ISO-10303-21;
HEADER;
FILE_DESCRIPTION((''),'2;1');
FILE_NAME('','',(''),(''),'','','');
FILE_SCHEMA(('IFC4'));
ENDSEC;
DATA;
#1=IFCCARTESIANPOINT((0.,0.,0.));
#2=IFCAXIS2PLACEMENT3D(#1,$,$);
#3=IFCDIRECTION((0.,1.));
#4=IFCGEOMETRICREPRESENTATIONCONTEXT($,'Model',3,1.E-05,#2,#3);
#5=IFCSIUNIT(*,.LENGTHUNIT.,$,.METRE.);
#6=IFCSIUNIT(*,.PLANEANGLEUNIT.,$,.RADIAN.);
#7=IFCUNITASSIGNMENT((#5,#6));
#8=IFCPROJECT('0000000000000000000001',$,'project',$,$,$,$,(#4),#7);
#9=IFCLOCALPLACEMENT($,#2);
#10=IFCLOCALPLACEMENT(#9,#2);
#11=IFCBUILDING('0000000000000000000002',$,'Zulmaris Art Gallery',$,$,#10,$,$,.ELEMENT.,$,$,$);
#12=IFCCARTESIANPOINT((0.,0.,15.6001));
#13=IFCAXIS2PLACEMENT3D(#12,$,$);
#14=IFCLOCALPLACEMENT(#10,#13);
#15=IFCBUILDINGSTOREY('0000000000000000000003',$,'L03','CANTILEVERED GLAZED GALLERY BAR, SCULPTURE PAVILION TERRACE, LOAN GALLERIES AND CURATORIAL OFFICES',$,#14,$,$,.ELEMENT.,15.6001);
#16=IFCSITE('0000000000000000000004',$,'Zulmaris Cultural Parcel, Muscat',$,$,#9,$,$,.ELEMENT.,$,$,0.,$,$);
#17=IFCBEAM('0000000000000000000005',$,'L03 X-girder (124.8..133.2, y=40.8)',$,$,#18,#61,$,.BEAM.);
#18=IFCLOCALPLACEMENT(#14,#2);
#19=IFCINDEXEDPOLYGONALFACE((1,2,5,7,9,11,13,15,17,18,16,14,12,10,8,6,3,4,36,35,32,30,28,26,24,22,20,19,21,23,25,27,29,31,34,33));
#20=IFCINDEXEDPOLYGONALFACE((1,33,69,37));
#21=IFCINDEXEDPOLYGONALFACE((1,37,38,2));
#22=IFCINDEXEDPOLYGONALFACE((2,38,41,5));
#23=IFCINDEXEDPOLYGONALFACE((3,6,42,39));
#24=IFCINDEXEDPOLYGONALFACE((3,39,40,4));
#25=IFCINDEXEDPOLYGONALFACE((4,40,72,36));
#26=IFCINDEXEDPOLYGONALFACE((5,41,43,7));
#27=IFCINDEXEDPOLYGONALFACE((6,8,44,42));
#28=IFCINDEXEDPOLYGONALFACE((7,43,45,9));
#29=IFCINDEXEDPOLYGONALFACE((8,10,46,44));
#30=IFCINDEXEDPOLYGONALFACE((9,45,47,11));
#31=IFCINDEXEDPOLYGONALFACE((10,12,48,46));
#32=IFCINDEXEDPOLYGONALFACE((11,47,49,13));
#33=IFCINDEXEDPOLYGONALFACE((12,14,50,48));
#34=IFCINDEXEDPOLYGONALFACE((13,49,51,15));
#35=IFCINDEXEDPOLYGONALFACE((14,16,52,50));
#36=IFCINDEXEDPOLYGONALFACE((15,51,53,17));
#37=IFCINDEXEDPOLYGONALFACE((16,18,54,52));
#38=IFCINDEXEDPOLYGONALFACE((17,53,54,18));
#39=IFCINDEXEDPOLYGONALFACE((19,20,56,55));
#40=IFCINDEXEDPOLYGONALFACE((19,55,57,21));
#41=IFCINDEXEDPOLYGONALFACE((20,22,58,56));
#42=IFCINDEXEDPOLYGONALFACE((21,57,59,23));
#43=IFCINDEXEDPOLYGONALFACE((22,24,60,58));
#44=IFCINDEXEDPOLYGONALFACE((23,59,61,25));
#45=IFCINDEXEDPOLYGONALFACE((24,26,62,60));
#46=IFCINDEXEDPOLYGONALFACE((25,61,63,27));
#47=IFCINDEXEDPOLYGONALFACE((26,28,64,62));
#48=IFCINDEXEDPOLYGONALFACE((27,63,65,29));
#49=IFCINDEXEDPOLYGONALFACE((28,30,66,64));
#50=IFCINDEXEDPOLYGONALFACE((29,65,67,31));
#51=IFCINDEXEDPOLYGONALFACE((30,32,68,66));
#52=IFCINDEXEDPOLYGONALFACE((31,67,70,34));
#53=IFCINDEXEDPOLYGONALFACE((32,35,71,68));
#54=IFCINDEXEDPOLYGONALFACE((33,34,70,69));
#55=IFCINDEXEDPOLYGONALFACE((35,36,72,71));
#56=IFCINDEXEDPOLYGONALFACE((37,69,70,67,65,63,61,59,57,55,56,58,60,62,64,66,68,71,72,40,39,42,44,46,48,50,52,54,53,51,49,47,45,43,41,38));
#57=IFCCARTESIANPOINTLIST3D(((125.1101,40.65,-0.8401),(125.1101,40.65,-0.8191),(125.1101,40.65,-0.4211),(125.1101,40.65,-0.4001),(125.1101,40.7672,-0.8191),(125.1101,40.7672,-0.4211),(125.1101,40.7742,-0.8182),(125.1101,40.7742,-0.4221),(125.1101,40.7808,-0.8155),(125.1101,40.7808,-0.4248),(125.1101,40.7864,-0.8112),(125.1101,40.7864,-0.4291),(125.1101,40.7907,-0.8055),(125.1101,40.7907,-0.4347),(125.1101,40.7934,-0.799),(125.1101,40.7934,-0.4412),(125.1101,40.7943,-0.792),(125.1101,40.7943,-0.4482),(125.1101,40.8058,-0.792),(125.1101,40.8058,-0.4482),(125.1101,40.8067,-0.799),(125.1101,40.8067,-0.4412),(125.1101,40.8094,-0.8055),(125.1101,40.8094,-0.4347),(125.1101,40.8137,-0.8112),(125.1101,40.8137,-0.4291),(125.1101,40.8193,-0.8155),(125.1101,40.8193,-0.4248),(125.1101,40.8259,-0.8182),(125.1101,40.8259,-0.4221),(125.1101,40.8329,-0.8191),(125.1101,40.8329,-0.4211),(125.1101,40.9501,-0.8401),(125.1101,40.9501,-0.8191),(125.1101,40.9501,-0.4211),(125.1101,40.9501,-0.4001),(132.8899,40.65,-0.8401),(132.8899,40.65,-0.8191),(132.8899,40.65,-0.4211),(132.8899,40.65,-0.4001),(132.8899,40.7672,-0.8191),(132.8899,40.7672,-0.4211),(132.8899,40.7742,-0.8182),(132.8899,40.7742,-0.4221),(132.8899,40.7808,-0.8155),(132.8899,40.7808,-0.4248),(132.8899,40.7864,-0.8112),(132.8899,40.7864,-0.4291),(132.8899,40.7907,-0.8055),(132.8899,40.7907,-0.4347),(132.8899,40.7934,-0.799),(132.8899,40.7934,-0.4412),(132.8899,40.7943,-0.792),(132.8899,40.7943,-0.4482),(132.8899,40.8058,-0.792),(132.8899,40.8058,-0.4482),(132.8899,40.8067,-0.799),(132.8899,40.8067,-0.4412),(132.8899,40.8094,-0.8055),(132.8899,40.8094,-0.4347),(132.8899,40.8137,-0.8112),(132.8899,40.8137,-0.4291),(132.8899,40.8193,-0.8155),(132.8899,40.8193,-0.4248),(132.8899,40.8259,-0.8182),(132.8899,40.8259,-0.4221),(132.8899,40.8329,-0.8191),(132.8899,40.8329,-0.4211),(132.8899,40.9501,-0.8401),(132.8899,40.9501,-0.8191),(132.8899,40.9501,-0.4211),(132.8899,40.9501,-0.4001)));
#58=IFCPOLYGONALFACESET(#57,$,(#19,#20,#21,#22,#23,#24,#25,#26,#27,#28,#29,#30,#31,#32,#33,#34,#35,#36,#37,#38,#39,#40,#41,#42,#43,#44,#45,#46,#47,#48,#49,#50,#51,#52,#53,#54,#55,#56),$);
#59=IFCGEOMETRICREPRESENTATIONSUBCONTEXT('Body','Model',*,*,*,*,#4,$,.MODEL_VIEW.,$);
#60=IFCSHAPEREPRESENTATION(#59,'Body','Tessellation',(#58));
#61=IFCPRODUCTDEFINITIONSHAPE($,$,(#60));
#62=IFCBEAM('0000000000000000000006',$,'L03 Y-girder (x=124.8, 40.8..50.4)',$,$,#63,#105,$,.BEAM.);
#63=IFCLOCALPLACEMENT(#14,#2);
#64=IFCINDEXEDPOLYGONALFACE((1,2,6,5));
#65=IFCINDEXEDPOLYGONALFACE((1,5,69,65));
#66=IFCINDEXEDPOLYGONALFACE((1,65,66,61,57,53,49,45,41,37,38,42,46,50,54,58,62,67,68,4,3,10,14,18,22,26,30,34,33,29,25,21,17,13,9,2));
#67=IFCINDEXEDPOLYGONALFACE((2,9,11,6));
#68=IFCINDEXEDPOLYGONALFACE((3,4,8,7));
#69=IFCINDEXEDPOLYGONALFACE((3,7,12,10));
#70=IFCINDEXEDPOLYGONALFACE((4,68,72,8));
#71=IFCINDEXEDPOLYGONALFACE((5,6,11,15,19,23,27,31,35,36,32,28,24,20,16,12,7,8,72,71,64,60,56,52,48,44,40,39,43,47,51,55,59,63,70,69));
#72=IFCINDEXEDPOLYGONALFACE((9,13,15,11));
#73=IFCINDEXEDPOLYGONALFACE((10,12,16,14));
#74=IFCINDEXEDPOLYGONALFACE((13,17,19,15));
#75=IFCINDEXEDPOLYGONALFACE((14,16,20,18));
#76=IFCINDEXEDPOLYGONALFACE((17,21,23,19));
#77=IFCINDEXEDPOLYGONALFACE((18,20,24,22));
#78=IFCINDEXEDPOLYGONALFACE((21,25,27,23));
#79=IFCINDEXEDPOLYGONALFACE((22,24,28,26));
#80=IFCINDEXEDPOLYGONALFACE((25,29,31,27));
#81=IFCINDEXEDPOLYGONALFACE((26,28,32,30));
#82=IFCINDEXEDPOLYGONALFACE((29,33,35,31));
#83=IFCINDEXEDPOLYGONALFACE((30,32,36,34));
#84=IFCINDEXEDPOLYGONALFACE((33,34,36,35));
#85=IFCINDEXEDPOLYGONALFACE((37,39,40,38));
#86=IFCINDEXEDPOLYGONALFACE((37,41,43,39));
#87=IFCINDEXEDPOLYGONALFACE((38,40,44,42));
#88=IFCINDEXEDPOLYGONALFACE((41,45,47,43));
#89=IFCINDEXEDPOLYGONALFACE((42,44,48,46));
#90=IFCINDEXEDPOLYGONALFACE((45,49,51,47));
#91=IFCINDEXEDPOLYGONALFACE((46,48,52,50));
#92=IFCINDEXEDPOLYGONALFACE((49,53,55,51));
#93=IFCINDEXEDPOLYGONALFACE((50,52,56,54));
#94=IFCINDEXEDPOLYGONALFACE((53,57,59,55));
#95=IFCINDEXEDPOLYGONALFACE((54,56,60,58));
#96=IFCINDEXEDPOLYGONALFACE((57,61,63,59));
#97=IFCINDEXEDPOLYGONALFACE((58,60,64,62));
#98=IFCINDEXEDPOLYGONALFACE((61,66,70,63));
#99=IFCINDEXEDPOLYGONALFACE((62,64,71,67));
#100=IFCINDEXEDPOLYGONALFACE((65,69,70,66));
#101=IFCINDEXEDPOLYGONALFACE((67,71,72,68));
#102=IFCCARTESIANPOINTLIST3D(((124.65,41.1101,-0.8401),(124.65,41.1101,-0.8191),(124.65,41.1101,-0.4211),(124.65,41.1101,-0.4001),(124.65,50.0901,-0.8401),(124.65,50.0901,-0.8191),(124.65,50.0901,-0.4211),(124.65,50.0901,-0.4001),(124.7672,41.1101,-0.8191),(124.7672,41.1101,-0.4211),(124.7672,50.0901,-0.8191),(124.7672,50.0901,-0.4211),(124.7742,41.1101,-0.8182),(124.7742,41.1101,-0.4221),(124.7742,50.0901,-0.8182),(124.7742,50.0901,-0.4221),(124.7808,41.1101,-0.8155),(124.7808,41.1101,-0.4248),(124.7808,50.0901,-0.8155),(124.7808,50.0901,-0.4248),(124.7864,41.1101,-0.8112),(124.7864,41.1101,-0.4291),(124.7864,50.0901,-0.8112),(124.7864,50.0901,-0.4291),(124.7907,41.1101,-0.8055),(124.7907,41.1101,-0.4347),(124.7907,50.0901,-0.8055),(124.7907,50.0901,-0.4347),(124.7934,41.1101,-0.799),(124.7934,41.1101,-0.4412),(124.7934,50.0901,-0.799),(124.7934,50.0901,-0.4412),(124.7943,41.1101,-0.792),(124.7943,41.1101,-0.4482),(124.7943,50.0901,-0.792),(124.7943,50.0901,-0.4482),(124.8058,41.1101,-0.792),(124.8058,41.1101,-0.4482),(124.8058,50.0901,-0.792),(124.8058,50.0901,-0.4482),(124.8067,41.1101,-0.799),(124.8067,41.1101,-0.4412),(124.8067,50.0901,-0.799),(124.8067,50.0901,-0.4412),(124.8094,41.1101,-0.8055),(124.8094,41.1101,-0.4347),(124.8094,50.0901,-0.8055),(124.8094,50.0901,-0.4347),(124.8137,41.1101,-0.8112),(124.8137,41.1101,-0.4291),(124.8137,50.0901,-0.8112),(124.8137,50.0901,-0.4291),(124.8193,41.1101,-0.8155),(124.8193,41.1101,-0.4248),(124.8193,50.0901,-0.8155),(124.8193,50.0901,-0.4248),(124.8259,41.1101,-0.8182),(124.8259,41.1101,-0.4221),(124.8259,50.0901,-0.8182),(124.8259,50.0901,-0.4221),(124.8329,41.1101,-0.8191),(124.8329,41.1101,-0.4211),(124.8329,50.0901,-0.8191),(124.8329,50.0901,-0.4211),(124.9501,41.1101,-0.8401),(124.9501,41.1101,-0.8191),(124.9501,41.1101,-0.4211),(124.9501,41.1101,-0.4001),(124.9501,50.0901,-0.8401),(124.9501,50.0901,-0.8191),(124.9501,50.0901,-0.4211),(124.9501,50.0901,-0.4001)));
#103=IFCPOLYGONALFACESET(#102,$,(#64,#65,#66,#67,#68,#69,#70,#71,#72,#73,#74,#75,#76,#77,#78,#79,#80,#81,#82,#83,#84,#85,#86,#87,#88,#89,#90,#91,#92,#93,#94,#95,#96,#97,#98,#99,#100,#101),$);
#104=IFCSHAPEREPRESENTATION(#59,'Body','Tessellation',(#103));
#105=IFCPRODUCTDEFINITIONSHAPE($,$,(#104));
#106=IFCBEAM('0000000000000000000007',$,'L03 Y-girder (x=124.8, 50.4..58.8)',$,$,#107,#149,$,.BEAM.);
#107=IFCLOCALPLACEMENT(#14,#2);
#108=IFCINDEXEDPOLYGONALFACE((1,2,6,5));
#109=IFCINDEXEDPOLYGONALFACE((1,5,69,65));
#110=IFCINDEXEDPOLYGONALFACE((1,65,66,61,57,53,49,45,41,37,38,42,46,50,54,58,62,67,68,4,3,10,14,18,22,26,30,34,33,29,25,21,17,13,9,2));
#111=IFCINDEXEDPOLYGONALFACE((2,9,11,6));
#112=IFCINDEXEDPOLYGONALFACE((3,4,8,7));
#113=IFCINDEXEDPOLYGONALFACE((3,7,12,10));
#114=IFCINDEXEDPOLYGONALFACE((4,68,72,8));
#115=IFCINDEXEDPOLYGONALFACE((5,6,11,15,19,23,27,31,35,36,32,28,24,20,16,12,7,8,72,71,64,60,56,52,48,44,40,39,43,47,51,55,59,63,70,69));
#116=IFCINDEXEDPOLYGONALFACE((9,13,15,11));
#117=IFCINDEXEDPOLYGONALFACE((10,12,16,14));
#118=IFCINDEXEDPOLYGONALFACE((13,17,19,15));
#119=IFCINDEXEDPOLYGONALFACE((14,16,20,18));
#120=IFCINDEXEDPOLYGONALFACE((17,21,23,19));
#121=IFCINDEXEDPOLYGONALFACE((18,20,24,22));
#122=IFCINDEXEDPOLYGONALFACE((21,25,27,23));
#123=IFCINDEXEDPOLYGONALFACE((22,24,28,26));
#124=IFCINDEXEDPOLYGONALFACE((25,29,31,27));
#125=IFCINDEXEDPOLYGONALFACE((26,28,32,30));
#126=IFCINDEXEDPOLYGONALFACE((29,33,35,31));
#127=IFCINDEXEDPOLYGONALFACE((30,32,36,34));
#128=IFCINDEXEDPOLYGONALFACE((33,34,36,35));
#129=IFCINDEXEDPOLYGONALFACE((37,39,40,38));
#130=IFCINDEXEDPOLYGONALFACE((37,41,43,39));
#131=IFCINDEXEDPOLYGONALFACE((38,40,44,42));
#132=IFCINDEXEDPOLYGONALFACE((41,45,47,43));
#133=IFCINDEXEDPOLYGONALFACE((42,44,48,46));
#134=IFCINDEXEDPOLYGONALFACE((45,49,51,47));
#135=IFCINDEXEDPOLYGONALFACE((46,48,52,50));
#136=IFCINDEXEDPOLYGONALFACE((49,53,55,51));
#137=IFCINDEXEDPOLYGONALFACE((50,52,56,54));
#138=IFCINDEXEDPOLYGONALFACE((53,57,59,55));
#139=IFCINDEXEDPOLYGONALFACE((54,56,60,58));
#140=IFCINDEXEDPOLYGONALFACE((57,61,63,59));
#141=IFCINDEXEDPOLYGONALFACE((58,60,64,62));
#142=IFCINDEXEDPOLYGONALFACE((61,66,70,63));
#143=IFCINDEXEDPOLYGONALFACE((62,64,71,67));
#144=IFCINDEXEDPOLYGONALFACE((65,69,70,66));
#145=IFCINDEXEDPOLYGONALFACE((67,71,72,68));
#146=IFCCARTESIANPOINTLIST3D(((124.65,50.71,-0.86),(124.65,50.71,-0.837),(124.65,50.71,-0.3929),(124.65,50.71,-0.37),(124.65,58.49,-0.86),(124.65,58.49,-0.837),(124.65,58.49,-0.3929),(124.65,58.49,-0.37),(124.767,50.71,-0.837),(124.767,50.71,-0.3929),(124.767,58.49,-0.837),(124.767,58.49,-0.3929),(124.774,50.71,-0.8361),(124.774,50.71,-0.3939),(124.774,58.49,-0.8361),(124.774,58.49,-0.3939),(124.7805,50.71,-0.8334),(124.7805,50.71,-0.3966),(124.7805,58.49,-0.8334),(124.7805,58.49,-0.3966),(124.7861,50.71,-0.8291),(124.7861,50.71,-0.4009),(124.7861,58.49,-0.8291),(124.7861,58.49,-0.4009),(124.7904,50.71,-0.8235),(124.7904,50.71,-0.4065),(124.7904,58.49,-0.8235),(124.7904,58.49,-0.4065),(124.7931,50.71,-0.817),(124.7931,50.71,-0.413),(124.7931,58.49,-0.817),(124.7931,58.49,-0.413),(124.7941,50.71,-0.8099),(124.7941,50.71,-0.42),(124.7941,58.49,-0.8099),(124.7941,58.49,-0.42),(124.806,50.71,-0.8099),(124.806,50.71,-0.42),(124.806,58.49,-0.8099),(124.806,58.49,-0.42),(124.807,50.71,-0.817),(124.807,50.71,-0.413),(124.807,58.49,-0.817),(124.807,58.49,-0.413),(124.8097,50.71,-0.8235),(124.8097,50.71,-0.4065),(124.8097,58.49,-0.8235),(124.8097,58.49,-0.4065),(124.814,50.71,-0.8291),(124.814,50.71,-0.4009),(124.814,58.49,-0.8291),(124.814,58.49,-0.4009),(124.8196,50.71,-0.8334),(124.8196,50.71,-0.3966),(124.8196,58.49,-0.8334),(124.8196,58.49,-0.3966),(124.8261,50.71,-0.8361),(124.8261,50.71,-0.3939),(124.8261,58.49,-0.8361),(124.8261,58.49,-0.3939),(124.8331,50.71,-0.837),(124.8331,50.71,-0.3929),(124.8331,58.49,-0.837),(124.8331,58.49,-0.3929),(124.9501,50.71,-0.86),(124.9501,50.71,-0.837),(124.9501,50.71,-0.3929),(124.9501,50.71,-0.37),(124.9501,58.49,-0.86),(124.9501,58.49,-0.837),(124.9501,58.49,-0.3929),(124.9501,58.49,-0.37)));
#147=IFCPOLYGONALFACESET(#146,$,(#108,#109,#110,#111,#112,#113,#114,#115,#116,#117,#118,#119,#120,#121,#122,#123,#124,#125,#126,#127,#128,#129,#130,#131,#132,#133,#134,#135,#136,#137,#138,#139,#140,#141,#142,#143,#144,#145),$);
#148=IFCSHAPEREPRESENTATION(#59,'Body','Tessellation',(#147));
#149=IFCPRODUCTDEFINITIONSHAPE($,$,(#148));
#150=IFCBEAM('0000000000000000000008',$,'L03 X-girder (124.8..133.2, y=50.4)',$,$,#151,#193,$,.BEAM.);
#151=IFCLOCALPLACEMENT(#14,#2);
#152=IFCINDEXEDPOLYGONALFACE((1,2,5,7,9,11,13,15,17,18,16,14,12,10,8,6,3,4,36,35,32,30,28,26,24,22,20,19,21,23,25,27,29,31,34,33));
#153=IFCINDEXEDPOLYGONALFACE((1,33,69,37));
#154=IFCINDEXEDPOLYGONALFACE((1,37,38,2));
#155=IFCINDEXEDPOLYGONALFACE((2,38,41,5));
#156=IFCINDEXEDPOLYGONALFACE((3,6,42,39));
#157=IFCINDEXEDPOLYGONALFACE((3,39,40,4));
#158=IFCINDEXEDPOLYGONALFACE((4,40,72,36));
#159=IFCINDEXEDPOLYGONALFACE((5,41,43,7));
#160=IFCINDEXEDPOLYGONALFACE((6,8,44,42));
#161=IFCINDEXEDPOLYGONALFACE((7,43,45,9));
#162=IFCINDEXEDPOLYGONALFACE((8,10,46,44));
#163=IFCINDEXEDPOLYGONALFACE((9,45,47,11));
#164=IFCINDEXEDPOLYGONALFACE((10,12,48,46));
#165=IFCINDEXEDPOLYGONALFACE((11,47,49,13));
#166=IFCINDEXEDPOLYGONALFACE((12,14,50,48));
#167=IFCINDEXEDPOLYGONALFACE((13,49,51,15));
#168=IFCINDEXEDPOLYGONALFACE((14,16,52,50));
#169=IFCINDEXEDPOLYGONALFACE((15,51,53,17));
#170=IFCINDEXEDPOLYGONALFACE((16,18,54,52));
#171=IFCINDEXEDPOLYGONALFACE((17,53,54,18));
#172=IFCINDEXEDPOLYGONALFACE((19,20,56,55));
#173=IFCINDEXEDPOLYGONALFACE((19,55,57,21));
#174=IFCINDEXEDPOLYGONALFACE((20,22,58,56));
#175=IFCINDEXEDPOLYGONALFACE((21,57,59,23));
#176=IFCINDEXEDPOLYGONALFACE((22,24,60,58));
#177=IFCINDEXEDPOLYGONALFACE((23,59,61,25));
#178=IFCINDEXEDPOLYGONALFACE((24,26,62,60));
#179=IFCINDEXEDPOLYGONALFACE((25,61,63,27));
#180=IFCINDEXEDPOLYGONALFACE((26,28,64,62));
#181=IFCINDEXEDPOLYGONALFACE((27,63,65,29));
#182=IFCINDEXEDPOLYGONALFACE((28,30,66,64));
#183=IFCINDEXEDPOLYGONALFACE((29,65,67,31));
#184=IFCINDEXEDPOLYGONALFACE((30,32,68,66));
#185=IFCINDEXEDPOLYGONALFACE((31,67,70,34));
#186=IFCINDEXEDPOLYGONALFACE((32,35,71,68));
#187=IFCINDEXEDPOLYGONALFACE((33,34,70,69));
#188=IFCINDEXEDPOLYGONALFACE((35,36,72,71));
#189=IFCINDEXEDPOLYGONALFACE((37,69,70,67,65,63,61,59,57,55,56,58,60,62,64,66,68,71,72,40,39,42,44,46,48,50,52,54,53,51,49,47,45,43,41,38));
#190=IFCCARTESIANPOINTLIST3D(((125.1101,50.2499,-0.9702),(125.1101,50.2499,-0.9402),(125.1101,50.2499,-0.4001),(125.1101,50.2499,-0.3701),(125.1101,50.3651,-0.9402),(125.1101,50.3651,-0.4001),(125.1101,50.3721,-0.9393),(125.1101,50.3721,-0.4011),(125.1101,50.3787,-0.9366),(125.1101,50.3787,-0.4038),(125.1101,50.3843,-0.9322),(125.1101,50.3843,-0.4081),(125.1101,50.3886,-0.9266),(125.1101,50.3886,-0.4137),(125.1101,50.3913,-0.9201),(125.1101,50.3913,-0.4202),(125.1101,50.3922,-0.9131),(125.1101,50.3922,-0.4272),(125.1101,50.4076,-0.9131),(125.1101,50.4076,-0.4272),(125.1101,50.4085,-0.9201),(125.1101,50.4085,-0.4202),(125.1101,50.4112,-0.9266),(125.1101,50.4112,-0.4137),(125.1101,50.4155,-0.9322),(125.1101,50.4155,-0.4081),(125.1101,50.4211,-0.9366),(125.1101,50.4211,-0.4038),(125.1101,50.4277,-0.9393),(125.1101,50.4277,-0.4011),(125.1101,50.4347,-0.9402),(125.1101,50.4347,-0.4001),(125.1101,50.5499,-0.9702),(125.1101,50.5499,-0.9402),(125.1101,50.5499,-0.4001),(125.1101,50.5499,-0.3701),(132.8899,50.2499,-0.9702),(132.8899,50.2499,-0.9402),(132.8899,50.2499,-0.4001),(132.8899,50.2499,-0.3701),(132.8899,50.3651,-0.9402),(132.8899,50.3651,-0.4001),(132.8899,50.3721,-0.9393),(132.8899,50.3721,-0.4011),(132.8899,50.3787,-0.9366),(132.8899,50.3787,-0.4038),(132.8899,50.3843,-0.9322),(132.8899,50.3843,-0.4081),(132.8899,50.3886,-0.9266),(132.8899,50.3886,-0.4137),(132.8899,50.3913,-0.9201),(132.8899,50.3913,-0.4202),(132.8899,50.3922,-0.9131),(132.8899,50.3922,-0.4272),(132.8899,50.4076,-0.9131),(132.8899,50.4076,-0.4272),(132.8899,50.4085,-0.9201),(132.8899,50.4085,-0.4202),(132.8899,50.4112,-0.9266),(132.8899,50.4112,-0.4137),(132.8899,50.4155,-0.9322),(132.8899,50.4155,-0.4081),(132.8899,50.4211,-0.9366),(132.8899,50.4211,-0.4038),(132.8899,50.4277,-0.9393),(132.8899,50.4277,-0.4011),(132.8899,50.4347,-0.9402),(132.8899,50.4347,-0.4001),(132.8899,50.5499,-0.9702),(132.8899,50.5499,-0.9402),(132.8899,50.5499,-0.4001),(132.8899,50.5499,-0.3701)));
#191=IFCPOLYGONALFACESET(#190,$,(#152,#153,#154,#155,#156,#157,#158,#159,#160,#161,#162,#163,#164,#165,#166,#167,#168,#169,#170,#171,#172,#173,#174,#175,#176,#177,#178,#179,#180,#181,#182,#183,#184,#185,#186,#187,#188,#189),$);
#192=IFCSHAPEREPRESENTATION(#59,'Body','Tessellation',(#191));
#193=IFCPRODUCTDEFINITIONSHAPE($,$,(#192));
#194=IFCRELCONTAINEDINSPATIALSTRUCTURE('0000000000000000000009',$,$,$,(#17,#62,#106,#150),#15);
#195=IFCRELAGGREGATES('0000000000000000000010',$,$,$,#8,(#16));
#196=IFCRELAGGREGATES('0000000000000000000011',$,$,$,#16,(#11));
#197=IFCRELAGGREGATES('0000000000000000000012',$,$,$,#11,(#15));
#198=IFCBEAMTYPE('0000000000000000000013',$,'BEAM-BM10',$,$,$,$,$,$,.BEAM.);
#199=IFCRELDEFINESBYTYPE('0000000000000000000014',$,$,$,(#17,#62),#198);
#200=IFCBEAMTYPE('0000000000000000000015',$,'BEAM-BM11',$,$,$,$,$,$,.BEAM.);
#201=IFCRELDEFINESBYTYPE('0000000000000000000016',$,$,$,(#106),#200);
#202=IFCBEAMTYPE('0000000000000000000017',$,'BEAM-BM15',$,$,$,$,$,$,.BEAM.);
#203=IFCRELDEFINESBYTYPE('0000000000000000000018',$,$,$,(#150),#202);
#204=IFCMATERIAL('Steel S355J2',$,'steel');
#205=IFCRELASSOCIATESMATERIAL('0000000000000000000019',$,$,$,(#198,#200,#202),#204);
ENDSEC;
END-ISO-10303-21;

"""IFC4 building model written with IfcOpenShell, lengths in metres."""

from ifc_helpers import new_model, si_unit, direction, frame, origin, origin_2d, place, context, subcontext, project, spatial, i_section, extrude, material, material_profile, profile_set, type_object, element, save


model = new_model("IFC4")

# Units and contexts
model_context = context("Model", 3, precision=1e-05, world=origin(), true_north=direction((0.0, 1.0)))
body_context = subcontext(model_context, "Body", "Model", "MODEL_VIEW")
ifc_project = project(units=[si_unit("LENGTHUNIT", "METRE"), si_unit("PLANEANGLEUNIT", "RADIAN")], contexts=[model_context])

# Site, building, storey
site_placement = place(None, origin())
site = spatial("IfcSite", under=ifc_project, at=site_placement, Name="Zulmaris Cultural Parcel, Muscat", CompositionType="ELEMENT", RefElevation=0.0)
building_placement = place(site_placement, origin())
building = spatial("IfcBuilding", under=site, at=building_placement, Name="Zulmaris Art Gallery", CompositionType="ELEMENT")
storey_placement = place(building_placement, frame((0.0, 0.0, 15.6001)))
storey = spatial("IfcBuildingStorey", under=building, at=storey_placement, Name="L03", Description="CANTILEVERED GLAZED GALLERY BAR, SCULPTURE PAVILION TERRACE, LOAN GALLERIES AND CURATORIAL OFFICES", CompositionType="ELEMENT", Elevation=15.6001)

# Beams
ifc_material_1 = material(Name="Steel S355J2", Category="steel")
ifc_material_profile_1 = material_profile(ifc_material_1, i_section(OverallWidth=0.3, OverallDepth=0.4399, WebThickness=0.0115, FlangeThickness=0.021, FilletRadius=0.0271, at=origin_2d()), Name="HEA 450")
ifc_profile_set_1 = profile_set([ifc_material_profile_1], Name="Steel S355J2")
beam_type_1 = type_object("IfcBeamType", Name="BEAM-BM10", PredefinedType="BEAM", material=ifc_profile_set_1)
beam_1_placement = place(storey_placement, frame((125.1101, 40.8, -0.6201), z_axis=(1.0, 0.0, 0.0), x_axis=(0.0, 1.0, 0.0)))
element("IfcBeam", 1, at=beam_1_placement, inside=storey, type_object=beam_type_1, Name="L03 X-girder (124.8..133.2, y=40.8)", PredefinedType="BEAM", context=body_context, shape_type="SweptSolid", body=[
    extrude(i_section(OverallWidth=0.3, OverallDepth=0.4399, WebThickness=0.0115, FlangeThickness=0.021, FilletRadius=0.0271, at=origin_2d()), origin(), (0.0, 0.0, 1.0), 7.7798),
])
beam_2_placement = place(storey_placement, frame((124.8, 41.1101, -0.6201), z_axis=(0.0, 1.0, 0.0), x_axis=(-1.0, 0.0, 0.0)))
element("IfcBeam", 2, at=beam_2_placement, inside=storey, type_object=beam_type_1, Name="L03 Y-girder (x=124.8, 40.8..50.4)", PredefinedType="BEAM", context=body_context, shape_type="SweptSolid", body=[
    extrude(i_section(OverallWidth=0.3, OverallDepth=0.4399, WebThickness=0.0115, FlangeThickness=0.021, FilletRadius=0.0271, at=origin_2d()), origin(), (0.0, 0.0, 1.0), 8.98),
])
ifc_material_profile_2 = material_profile(ifc_material_1, i_section(OverallWidth=0.3, OverallDepth=0.49, WebThickness=0.012, FlangeThickness=0.0229, FilletRadius=0.0271, at=origin_2d()), Name="HEA 500")
ifc_profile_set_2 = profile_set([ifc_material_profile_2], Name="Steel S355J2")
beam_type_2 = type_object("IfcBeamType", Name="BEAM-BM11", PredefinedType="BEAM", material=ifc_profile_set_2)
beam_3_placement = place(storey_placement, frame((124.8, 50.71, -0.615), z_axis=(0.0, 1.0, 0.0), x_axis=(-1.0, 0.0, 0.0)))
element("IfcBeam", 3, at=beam_3_placement, inside=storey, type_object=beam_type_2, Name="L03 Y-girder (x=124.8, 50.4..58.8)", PredefinedType="BEAM", context=body_context, shape_type="SweptSolid", body=[
    extrude(i_section(OverallWidth=0.3, OverallDepth=0.49, WebThickness=0.012, FlangeThickness=0.0229, FilletRadius=0.0271, at=origin_2d()), origin(), (0.0, 0.0, 1.0), 7.78),
])
ifc_material_profile_3 = material_profile(ifc_material_1, i_section(OverallWidth=0.3, OverallDepth=0.6001, WebThickness=0.0154, FlangeThickness=0.03, FilletRadius=0.0271, at=origin_2d()), Name="HEB 600")
ifc_profile_set_3 = profile_set([ifc_material_profile_3], Name="Steel S355J2")
beam_type_3 = type_object("IfcBeamType", Name="BEAM-BM15", PredefinedType="BEAM", material=ifc_profile_set_3)
for number, where, z_axis, x_axis, name in (
    (4, (125.1101, 50.3999, -0.6702), (1.0, 0.0, 0.0), (0.0, 1.0, 0.0), "L03 X-girder (124.8..133.2, y=50.4)"),
):
    element("IfcBeam", number, at=place(storey_placement, frame(where, z_axis=z_axis, x_axis=x_axis)), inside=storey, type_object=beam_type_3, Name=name, PredefinedType="BEAM", context=body_context, shape_type="SweptSolid", body=[
        extrude(i_section(OverallWidth=0.3, OverallDepth=0.6001, WebThickness=0.0154, FlangeThickness=0.03, FilletRadius=0.0271, at=origin_2d()), origin(), (0.0, 0.0, 1.0), 7.7798),
    ])

save(model, "model.ifc")
